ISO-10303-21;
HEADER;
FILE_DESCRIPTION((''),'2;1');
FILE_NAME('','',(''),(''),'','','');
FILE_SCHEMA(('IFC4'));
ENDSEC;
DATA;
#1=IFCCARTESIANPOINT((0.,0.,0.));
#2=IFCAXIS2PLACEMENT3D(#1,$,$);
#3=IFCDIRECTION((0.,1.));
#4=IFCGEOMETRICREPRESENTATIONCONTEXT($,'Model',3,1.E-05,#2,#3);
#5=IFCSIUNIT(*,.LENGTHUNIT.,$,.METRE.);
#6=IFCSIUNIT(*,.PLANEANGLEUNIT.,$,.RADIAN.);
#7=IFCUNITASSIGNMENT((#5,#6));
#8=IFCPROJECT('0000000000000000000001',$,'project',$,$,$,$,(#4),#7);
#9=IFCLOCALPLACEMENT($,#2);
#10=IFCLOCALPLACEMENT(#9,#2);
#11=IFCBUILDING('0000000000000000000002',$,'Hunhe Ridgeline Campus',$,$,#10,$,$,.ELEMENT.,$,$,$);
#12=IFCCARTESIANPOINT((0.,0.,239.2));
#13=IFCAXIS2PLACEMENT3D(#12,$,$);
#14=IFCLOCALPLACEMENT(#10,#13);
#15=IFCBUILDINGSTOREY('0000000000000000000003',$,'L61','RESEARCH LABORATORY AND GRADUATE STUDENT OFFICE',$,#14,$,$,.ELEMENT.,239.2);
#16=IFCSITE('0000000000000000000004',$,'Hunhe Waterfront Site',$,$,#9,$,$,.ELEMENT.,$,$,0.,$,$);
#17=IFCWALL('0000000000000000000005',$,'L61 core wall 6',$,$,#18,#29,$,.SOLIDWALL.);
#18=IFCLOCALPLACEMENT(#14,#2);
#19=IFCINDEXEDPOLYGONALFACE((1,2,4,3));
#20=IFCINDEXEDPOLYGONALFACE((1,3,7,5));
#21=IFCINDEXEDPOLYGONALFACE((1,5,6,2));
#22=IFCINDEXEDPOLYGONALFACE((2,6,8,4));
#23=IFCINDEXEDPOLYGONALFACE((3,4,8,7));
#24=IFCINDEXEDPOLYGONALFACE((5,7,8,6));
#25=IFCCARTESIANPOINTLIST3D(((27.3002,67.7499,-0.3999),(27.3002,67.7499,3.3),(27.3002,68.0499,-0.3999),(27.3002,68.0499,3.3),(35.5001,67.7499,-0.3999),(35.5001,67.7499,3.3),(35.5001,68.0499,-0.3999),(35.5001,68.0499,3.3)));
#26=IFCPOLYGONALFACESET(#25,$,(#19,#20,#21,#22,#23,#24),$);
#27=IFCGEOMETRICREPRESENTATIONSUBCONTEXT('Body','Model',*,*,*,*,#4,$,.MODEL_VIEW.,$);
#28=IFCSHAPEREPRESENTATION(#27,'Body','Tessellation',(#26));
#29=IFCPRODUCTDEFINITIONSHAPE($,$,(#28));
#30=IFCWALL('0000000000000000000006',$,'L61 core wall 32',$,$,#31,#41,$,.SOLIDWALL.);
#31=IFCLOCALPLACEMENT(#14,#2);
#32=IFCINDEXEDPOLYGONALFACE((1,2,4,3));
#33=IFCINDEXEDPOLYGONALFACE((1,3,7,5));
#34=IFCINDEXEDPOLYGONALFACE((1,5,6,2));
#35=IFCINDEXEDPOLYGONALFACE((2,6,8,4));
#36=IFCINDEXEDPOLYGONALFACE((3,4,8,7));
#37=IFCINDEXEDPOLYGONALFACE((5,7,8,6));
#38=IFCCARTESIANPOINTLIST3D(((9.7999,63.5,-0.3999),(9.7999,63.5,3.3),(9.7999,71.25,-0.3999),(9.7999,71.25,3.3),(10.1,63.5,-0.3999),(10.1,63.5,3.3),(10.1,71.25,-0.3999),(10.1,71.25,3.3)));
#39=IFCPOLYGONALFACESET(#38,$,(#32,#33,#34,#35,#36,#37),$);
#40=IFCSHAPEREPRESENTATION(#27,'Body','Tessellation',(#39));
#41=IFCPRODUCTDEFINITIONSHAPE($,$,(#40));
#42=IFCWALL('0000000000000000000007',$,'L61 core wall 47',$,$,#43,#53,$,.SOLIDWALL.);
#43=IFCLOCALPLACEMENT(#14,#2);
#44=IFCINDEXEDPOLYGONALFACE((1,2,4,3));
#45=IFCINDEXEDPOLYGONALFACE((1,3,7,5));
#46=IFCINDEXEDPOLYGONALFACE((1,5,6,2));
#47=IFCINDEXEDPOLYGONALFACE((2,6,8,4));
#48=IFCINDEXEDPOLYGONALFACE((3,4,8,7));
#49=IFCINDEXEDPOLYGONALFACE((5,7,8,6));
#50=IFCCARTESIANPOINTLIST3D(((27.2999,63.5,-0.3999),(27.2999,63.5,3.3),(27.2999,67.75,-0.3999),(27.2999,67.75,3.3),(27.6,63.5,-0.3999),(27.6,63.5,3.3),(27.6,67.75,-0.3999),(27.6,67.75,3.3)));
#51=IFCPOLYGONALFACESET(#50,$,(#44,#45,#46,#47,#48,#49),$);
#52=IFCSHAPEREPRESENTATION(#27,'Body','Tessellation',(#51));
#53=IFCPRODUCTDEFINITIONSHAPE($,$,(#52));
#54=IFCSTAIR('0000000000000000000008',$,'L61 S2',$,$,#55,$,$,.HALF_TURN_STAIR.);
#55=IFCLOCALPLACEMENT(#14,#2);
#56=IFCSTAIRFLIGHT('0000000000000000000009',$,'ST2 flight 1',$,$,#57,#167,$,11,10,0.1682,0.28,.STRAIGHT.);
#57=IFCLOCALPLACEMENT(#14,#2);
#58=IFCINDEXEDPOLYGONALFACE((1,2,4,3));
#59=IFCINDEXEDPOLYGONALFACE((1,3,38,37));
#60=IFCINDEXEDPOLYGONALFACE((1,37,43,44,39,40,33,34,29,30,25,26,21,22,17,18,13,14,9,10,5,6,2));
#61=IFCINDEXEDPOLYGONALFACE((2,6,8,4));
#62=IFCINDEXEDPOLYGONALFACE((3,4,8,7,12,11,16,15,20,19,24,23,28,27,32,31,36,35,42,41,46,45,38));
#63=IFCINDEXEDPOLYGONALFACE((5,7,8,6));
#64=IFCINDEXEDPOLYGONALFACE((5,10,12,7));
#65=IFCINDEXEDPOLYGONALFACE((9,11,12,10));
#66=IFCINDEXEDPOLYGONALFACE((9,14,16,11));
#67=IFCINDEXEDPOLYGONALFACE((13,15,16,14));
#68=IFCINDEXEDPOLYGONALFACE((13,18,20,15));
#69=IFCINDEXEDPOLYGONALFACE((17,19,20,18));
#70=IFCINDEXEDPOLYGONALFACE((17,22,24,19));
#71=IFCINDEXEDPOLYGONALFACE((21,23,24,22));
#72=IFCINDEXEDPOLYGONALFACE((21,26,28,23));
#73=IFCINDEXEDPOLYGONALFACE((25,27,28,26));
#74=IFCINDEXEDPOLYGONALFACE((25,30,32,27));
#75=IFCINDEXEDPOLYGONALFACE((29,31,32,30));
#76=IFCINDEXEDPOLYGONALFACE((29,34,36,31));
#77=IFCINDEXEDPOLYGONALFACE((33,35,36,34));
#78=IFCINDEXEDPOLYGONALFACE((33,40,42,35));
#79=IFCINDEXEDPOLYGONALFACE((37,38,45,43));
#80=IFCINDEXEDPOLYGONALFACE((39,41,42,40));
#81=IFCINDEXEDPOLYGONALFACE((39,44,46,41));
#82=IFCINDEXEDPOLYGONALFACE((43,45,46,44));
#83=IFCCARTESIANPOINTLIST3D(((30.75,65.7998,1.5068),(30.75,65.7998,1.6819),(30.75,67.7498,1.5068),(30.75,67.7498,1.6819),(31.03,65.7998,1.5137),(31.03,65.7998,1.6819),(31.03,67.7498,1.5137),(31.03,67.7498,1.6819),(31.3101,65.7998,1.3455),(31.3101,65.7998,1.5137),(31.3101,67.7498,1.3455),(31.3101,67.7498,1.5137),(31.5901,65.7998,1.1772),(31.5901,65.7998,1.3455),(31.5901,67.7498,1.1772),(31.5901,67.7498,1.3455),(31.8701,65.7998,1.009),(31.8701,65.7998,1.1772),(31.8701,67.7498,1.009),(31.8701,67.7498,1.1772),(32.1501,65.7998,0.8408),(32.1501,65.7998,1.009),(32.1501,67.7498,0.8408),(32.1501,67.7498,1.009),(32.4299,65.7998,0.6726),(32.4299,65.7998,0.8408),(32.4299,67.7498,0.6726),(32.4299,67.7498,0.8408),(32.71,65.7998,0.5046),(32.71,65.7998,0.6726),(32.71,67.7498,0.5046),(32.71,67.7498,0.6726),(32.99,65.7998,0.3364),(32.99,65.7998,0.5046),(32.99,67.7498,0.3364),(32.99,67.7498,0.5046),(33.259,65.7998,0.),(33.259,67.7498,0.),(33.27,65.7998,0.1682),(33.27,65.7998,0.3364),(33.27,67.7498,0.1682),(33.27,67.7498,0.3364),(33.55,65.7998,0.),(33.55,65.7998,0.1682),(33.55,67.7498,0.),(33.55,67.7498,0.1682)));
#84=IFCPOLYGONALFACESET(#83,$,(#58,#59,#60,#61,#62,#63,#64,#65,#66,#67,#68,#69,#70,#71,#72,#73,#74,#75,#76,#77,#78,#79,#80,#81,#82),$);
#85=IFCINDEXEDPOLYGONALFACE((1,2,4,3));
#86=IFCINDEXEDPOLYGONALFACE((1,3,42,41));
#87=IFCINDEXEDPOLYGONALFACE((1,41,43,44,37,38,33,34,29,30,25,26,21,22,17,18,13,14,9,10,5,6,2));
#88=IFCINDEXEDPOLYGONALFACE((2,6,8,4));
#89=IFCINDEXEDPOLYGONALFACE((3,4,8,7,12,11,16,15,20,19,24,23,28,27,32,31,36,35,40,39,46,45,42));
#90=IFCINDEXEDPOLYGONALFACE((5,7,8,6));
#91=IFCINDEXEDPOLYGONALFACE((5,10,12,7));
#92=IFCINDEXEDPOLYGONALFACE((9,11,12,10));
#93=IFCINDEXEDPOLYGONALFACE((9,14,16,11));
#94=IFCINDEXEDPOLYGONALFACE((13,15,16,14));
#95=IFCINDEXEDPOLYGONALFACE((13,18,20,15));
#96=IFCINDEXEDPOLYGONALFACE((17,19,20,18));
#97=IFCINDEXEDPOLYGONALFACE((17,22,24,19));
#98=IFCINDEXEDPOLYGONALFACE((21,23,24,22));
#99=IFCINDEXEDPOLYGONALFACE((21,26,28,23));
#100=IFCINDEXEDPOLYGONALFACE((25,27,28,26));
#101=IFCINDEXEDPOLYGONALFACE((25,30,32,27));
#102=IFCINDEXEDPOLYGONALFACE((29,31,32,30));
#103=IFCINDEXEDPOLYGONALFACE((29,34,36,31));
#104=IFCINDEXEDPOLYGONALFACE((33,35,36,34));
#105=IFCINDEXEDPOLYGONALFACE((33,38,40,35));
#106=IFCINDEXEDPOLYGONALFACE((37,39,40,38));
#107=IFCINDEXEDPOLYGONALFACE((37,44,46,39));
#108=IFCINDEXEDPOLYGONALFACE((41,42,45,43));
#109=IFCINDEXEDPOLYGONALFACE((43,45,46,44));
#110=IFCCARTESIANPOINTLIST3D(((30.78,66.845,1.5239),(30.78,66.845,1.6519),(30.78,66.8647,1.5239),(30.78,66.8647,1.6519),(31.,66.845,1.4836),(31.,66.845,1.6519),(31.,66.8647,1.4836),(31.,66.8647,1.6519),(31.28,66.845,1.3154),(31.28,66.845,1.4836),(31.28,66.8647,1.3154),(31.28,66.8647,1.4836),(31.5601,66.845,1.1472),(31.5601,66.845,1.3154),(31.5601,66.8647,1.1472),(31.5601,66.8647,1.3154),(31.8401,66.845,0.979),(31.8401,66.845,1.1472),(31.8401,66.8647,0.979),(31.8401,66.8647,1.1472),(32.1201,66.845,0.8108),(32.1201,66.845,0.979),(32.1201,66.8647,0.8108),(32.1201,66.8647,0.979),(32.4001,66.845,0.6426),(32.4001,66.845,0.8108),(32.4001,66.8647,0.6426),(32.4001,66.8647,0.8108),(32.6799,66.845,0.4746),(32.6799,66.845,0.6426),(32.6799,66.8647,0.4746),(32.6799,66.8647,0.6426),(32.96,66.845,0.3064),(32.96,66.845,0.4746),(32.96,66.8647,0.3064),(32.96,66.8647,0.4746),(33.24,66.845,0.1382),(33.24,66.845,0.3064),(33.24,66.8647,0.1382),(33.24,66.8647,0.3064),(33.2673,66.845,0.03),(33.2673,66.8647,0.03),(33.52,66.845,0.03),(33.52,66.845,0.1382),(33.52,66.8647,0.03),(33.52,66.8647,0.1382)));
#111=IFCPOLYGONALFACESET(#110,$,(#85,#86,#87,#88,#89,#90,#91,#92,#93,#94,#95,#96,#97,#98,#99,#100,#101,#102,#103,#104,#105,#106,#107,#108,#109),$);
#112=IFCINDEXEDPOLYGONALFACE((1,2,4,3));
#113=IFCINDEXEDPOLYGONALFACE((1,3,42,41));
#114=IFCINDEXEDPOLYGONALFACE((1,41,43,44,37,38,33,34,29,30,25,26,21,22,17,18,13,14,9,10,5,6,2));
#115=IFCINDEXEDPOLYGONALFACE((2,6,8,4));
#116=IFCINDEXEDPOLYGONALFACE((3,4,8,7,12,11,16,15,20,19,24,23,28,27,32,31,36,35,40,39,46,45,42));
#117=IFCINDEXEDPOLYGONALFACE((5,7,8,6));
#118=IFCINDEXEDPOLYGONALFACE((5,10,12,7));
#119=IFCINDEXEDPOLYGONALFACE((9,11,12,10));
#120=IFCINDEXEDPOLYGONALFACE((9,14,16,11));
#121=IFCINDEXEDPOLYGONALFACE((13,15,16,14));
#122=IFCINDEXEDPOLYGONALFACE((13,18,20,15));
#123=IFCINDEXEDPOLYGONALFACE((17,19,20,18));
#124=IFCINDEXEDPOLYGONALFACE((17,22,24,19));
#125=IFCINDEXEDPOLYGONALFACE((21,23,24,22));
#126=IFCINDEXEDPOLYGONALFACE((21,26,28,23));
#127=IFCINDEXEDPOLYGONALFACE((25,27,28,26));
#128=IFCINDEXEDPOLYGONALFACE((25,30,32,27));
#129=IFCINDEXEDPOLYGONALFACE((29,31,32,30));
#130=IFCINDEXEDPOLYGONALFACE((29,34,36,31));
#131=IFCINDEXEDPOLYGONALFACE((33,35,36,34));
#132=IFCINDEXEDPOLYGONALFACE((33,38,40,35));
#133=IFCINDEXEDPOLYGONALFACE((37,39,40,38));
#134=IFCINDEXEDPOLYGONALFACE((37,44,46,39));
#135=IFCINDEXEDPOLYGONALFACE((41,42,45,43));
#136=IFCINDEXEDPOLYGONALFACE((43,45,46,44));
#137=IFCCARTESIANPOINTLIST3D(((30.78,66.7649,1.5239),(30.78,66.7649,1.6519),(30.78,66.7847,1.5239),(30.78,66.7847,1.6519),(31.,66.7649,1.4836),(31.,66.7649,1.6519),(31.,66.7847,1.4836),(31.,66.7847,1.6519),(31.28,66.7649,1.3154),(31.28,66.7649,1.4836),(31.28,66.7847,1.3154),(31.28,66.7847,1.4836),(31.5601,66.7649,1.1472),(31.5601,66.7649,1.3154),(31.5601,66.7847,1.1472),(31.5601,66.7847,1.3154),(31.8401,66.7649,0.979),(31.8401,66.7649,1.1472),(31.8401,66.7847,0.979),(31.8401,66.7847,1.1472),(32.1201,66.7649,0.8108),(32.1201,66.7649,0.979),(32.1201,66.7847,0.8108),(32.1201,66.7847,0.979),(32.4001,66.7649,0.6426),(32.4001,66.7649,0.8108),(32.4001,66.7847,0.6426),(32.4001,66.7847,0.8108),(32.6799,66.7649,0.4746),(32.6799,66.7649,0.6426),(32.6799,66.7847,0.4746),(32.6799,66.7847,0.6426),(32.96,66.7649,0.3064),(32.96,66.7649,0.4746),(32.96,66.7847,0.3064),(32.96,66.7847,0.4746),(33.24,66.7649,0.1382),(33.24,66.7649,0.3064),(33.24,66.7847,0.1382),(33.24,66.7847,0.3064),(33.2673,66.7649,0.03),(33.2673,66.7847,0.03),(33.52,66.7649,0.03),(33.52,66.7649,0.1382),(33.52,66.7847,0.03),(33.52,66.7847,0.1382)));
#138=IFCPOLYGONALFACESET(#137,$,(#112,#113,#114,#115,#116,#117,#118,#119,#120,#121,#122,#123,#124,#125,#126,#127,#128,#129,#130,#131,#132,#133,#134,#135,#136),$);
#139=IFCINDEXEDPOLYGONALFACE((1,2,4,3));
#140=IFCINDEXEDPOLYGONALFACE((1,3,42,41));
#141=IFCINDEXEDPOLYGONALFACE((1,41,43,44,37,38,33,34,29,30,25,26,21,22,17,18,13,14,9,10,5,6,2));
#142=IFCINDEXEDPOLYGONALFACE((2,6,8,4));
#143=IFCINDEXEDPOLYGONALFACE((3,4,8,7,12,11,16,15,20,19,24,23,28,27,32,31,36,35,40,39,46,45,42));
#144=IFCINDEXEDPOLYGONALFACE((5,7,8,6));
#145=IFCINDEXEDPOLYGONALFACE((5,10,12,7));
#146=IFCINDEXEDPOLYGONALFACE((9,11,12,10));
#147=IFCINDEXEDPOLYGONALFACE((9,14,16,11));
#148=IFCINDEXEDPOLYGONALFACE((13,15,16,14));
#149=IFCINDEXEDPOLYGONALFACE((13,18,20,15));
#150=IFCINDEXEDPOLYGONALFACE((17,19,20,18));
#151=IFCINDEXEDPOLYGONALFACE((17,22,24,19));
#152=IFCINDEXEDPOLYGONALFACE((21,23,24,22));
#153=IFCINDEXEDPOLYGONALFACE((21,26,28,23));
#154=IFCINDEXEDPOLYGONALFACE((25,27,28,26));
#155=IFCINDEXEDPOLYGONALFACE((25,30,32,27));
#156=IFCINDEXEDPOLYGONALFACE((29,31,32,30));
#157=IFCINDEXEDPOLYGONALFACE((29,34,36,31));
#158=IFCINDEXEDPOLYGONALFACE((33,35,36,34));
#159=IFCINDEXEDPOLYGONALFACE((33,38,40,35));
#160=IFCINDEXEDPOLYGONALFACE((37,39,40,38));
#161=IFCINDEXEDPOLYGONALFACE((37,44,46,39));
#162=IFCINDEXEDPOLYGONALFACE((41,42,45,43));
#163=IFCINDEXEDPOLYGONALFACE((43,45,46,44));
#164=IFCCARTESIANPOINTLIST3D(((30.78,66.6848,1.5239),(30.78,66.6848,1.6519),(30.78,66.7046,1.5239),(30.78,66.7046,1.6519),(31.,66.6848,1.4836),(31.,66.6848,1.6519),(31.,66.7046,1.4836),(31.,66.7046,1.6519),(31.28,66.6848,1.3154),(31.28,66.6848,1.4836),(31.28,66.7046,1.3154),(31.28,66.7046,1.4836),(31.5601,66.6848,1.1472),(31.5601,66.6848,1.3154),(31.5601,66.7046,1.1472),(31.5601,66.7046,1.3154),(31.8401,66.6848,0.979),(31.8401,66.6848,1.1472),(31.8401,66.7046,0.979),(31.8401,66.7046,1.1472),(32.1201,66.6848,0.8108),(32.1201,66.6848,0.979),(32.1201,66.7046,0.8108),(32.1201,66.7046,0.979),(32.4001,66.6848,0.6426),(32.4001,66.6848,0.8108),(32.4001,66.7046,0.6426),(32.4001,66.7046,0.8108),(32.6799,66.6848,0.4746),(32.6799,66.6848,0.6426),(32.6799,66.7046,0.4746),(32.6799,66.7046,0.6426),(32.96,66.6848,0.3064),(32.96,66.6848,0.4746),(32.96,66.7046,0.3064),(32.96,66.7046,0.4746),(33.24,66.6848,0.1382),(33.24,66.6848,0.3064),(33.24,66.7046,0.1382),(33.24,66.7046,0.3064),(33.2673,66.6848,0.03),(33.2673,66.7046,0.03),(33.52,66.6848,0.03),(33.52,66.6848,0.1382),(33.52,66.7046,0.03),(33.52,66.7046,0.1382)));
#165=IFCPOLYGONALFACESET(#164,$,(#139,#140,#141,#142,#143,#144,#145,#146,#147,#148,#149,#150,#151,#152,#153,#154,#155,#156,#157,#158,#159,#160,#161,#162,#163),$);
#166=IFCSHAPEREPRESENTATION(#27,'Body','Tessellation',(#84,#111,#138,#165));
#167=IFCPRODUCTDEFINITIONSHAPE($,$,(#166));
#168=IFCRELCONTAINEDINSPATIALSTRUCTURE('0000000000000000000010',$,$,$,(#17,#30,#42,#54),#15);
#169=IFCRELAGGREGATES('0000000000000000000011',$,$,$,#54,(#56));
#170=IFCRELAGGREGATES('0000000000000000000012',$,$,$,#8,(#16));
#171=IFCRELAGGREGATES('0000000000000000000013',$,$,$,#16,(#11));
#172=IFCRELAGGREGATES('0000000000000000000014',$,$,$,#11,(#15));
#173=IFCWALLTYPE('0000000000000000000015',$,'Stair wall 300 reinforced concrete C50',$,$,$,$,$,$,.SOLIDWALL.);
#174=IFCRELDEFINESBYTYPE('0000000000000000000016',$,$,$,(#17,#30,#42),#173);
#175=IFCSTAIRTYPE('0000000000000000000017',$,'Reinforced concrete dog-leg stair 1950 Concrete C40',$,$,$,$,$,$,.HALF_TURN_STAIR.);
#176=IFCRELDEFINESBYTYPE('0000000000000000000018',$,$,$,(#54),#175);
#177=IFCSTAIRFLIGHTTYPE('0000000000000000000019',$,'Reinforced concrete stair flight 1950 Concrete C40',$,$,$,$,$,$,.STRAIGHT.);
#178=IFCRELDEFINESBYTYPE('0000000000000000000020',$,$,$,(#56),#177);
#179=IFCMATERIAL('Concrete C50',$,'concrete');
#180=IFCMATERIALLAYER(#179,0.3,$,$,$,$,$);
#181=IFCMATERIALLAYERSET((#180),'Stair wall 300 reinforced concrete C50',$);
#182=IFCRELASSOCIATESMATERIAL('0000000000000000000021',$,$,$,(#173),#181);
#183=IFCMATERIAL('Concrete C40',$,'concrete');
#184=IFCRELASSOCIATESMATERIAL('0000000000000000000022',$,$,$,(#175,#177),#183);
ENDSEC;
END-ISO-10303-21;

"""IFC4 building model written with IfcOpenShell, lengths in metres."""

from ifc_helpers import new_model, si_unit, direction, frame, frame_2d, origin, place, context, subcontext, project, spatial, polyline, rectangle, outline, extrude, material, layer, layer_set, type_object, element, aggregate, save


model = new_model("IFC4")

# Units and contexts
model_context = context("Model", 3, precision=1e-05, world=origin(), true_north=direction((0.0, 1.0)))
body_context = subcontext(model_context, "Body", "Model", "MODEL_VIEW")
ifc_project = project(units=[si_unit("LENGTHUNIT", "METRE"), si_unit("PLANEANGLEUNIT", "RADIAN")], contexts=[model_context])

# Site, building, storey
site_placement = place(None, origin())
site = spatial("IfcSite", under=ifc_project, at=site_placement, Name="Hunhe Waterfront Site", CompositionType="ELEMENT", RefElevation=0.0)
building_placement = place(site_placement, origin())
building = spatial("IfcBuilding", under=site, at=building_placement, Name="Hunhe Ridgeline Campus", CompositionType="ELEMENT")
storey_placement = place(building_placement, frame((0.0, 0.0, 239.2)))
storey = spatial("IfcBuildingStorey", under=building, at=storey_placement, Name="L61", Description="RESEARCH LABORATORY AND GRADUATE STUDENT OFFICE", CompositionType="ELEMENT", Elevation=239.2)

# Shared definitions
ifc_material_1 = material(Name="Concrete C50", Category="concrete")

# Walls
ifc_layer_1 = layer(ifc_material_1, 0.3)
ifc_layer_set_1 = layer_set([ifc_layer_1], Name="Stair wall 300 reinforced concrete C50")
wall_type_1 = type_object("IfcWallType", Name="Stair wall 300 reinforced concrete C50", PredefinedType="SOLIDWALL", material=ifc_layer_set_1)
wall_1_placement = place(storey_placement, frame((27.3, 67.8999, -0.3999), z_axis=(0.0, 0.0, 1.0), x_axis=(1.0, 0.0, 0.0)))
element("IfcWall", 1, at=wall_1_placement, inside=storey, type_object=wall_type_1, Name="L61 core wall 6", PredefinedType="SOLIDWALL", context=body_context, shape_type="SweptSolid", body=[
    extrude(rectangle(XDim=8.2, YDim=0.3, at=frame_2d((4.1001, 0.0))), origin(), (0.0, 0.0, 1.0), 3.7),
])
wall_2_placement = place(storey_placement, frame((9.95, 63.5, -0.3999), z_axis=(0.0, 0.0, 1.0), x_axis=(0.0, 1.0, 0.0)))
element("IfcWall", 2, at=wall_2_placement, inside=storey, type_object=wall_type_1, Name="L61 core wall 32", PredefinedType="SOLIDWALL", context=body_context, shape_type="SweptSolid", body=[
    extrude(rectangle(XDim=7.75, YDim=0.3, at=frame_2d((3.875, 0.0))), origin(), (0.0, 0.0, 1.0), 3.7),
])
wall_3_placement = place(storey_placement, frame((27.45, 63.5, -0.3999), z_axis=(0.0, 0.0, 1.0), x_axis=(0.0, 1.0, 0.0)))
element("IfcWall", 3, at=wall_3_placement, inside=storey, type_object=wall_type_1, Name="L61 core wall 47", PredefinedType="SOLIDWALL", context=body_context, shape_type="SweptSolid", body=[
    extrude(rectangle(XDim=4.25, YDim=0.3, at=frame_2d((2.125, 0.0))), origin(), (0.0, 0.0, 1.0), 3.7),
])

# Stair, stair flight
ifc_material_2 = material(Name="Concrete C40", Category="concrete")
stair_type = type_object("IfcStairType", Name="Reinforced concrete dog-leg stair 1950 Concrete C40", PredefinedType="HALF_TURN_STAIR", material=ifc_material_2)
stair_placement = place(storey_placement, origin())
stair = element("IfcStair", 4, at=stair_placement, inside=storey, type_object=stair_type, Name="L61 S2", PredefinedType="HALF_TURN_STAIR")
stair_flight_type = type_object("IfcStairFlightType", Name="Reinforced concrete stair flight 1950 Concrete C40", PredefinedType="STRAIGHT", material=ifc_material_2)
stair_flight_1_placement = place(storey_placement, frame((33.55, 66.7749, 0.0), z_axis=(0.0, 0.0, 1.0), x_axis=(-1.0, 0.0, 0.0)))
stair_flight_1 = element("IfcStairFlight", 5, at=stair_flight_1_placement, type_object=stair_flight_type, Name="ST2 flight 1", NumberOfRisers=11, NumberOfTreads=10, PredefinedType="STRAIGHT", RiserHeight=0.1682, TreadLength=0.28, context=body_context, shape_type="SweptSolid", body=[
    extrude(outline(polyline([(0.0, 0.0), (0.0, 0.1682), (0.28, 0.1682), (0.28, 0.3364), (0.5601, 0.3364), (0.5601, 0.5046), (0.8401, 0.5046), (0.8401, 0.6726), (1.1201, 0.6726), (1.1201, 0.8408), (1.3999, 0.8408), (1.3999, 1.009), (1.6799, 1.009), (1.6799, 1.1772), (1.96, 1.1772), (1.96, 1.3455), (2.24, 1.3455), (2.24, 1.5137), (2.52, 1.5137), (2.52, 1.6819), (2.8, 1.6819), (2.8, 1.8501), (2.8, 1.5068), (0.291, 0.0), (0.0, 0.0)])), frame((0.0, 0.9751, 0.0), z_axis=(0.0, -1.0, 0.0), x_axis=(1.0, 0.0, 0.0)), (0.0, 0.0, 1.0), 1.95),
    extrude(outline(polyline([(0.03, 0.03), (0.03, 0.1382), (0.3101, 0.1382), (0.3101, 0.3064), (0.5901, 0.3064), (0.5901, 0.4746), (0.8701, 0.4746), (0.8701, 0.6426), (1.1499, 0.6426), (1.1499, 0.8108), (1.4299, 0.8108), (1.4299, 0.979), (1.71, 0.979), (1.71, 1.1472), (1.99, 1.1472), (1.99, 1.3154), (2.27, 1.3154), (2.27, 1.4836), (2.55, 1.4836), (2.55, 1.6519), (2.77, 1.6519), (2.77, 1.5239), (0.2827, 0.03), (0.03, 0.03)])), frame((0.0, -0.0701, 0.0), z_axis=(0.0, -1.0, 0.0), x_axis=(1.0, 0.0, 0.0)), (0.0, 0.0, 1.0), 0.0198),
    extrude(outline(polyline([(0.03, 0.03), (0.03, 0.1382), (0.3101, 0.1382), (0.3101, 0.3064), (0.5901, 0.3064), (0.5901, 0.4746), (0.8701, 0.4746), (0.8701, 0.6426), (1.1499, 0.6426), (1.1499, 0.8108), (1.4299, 0.8108), (1.4299, 0.979), (1.71, 0.979), (1.71, 1.1472), (1.99, 1.1472), (1.99, 1.3154), (2.27, 1.3154), (2.27, 1.4836), (2.55, 1.4836), (2.55, 1.6519), (2.77, 1.6519), (2.77, 1.5239), (0.2827, 0.03), (0.03, 0.03)])), frame((0.0, 0.01, 0.0), z_axis=(0.0, -1.0, 0.0), x_axis=(1.0, 0.0, 0.0)), (0.0, 0.0, 1.0), 0.0198),
    extrude(outline(polyline([(0.03, 0.03), (0.03, 0.1382), (0.3101, 0.1382), (0.3101, 0.3064), (0.5901, 0.3064), (0.5901, 0.4746), (0.8701, 0.4746), (0.8701, 0.6426), (1.1499, 0.6426), (1.1499, 0.8108), (1.4299, 0.8108), (1.4299, 0.979), (1.71, 0.979), (1.71, 1.1472), (1.99, 1.1472), (1.99, 1.3154), (2.27, 1.3154), (2.27, 1.4836), (2.55, 1.4836), (2.55, 1.6519), (2.77, 1.6519), (2.77, 1.5239), (0.2827, 0.03), (0.03, 0.03)])), frame((0.0, 0.0901, 0.0), z_axis=(0.0, -1.0, 0.0), x_axis=(1.0, 0.0, 0.0)), (0.0, 0.0, 1.0), 0.0198),
])
aggregate(stair, [stair_flight_1])

save(model, "model.ifc")
